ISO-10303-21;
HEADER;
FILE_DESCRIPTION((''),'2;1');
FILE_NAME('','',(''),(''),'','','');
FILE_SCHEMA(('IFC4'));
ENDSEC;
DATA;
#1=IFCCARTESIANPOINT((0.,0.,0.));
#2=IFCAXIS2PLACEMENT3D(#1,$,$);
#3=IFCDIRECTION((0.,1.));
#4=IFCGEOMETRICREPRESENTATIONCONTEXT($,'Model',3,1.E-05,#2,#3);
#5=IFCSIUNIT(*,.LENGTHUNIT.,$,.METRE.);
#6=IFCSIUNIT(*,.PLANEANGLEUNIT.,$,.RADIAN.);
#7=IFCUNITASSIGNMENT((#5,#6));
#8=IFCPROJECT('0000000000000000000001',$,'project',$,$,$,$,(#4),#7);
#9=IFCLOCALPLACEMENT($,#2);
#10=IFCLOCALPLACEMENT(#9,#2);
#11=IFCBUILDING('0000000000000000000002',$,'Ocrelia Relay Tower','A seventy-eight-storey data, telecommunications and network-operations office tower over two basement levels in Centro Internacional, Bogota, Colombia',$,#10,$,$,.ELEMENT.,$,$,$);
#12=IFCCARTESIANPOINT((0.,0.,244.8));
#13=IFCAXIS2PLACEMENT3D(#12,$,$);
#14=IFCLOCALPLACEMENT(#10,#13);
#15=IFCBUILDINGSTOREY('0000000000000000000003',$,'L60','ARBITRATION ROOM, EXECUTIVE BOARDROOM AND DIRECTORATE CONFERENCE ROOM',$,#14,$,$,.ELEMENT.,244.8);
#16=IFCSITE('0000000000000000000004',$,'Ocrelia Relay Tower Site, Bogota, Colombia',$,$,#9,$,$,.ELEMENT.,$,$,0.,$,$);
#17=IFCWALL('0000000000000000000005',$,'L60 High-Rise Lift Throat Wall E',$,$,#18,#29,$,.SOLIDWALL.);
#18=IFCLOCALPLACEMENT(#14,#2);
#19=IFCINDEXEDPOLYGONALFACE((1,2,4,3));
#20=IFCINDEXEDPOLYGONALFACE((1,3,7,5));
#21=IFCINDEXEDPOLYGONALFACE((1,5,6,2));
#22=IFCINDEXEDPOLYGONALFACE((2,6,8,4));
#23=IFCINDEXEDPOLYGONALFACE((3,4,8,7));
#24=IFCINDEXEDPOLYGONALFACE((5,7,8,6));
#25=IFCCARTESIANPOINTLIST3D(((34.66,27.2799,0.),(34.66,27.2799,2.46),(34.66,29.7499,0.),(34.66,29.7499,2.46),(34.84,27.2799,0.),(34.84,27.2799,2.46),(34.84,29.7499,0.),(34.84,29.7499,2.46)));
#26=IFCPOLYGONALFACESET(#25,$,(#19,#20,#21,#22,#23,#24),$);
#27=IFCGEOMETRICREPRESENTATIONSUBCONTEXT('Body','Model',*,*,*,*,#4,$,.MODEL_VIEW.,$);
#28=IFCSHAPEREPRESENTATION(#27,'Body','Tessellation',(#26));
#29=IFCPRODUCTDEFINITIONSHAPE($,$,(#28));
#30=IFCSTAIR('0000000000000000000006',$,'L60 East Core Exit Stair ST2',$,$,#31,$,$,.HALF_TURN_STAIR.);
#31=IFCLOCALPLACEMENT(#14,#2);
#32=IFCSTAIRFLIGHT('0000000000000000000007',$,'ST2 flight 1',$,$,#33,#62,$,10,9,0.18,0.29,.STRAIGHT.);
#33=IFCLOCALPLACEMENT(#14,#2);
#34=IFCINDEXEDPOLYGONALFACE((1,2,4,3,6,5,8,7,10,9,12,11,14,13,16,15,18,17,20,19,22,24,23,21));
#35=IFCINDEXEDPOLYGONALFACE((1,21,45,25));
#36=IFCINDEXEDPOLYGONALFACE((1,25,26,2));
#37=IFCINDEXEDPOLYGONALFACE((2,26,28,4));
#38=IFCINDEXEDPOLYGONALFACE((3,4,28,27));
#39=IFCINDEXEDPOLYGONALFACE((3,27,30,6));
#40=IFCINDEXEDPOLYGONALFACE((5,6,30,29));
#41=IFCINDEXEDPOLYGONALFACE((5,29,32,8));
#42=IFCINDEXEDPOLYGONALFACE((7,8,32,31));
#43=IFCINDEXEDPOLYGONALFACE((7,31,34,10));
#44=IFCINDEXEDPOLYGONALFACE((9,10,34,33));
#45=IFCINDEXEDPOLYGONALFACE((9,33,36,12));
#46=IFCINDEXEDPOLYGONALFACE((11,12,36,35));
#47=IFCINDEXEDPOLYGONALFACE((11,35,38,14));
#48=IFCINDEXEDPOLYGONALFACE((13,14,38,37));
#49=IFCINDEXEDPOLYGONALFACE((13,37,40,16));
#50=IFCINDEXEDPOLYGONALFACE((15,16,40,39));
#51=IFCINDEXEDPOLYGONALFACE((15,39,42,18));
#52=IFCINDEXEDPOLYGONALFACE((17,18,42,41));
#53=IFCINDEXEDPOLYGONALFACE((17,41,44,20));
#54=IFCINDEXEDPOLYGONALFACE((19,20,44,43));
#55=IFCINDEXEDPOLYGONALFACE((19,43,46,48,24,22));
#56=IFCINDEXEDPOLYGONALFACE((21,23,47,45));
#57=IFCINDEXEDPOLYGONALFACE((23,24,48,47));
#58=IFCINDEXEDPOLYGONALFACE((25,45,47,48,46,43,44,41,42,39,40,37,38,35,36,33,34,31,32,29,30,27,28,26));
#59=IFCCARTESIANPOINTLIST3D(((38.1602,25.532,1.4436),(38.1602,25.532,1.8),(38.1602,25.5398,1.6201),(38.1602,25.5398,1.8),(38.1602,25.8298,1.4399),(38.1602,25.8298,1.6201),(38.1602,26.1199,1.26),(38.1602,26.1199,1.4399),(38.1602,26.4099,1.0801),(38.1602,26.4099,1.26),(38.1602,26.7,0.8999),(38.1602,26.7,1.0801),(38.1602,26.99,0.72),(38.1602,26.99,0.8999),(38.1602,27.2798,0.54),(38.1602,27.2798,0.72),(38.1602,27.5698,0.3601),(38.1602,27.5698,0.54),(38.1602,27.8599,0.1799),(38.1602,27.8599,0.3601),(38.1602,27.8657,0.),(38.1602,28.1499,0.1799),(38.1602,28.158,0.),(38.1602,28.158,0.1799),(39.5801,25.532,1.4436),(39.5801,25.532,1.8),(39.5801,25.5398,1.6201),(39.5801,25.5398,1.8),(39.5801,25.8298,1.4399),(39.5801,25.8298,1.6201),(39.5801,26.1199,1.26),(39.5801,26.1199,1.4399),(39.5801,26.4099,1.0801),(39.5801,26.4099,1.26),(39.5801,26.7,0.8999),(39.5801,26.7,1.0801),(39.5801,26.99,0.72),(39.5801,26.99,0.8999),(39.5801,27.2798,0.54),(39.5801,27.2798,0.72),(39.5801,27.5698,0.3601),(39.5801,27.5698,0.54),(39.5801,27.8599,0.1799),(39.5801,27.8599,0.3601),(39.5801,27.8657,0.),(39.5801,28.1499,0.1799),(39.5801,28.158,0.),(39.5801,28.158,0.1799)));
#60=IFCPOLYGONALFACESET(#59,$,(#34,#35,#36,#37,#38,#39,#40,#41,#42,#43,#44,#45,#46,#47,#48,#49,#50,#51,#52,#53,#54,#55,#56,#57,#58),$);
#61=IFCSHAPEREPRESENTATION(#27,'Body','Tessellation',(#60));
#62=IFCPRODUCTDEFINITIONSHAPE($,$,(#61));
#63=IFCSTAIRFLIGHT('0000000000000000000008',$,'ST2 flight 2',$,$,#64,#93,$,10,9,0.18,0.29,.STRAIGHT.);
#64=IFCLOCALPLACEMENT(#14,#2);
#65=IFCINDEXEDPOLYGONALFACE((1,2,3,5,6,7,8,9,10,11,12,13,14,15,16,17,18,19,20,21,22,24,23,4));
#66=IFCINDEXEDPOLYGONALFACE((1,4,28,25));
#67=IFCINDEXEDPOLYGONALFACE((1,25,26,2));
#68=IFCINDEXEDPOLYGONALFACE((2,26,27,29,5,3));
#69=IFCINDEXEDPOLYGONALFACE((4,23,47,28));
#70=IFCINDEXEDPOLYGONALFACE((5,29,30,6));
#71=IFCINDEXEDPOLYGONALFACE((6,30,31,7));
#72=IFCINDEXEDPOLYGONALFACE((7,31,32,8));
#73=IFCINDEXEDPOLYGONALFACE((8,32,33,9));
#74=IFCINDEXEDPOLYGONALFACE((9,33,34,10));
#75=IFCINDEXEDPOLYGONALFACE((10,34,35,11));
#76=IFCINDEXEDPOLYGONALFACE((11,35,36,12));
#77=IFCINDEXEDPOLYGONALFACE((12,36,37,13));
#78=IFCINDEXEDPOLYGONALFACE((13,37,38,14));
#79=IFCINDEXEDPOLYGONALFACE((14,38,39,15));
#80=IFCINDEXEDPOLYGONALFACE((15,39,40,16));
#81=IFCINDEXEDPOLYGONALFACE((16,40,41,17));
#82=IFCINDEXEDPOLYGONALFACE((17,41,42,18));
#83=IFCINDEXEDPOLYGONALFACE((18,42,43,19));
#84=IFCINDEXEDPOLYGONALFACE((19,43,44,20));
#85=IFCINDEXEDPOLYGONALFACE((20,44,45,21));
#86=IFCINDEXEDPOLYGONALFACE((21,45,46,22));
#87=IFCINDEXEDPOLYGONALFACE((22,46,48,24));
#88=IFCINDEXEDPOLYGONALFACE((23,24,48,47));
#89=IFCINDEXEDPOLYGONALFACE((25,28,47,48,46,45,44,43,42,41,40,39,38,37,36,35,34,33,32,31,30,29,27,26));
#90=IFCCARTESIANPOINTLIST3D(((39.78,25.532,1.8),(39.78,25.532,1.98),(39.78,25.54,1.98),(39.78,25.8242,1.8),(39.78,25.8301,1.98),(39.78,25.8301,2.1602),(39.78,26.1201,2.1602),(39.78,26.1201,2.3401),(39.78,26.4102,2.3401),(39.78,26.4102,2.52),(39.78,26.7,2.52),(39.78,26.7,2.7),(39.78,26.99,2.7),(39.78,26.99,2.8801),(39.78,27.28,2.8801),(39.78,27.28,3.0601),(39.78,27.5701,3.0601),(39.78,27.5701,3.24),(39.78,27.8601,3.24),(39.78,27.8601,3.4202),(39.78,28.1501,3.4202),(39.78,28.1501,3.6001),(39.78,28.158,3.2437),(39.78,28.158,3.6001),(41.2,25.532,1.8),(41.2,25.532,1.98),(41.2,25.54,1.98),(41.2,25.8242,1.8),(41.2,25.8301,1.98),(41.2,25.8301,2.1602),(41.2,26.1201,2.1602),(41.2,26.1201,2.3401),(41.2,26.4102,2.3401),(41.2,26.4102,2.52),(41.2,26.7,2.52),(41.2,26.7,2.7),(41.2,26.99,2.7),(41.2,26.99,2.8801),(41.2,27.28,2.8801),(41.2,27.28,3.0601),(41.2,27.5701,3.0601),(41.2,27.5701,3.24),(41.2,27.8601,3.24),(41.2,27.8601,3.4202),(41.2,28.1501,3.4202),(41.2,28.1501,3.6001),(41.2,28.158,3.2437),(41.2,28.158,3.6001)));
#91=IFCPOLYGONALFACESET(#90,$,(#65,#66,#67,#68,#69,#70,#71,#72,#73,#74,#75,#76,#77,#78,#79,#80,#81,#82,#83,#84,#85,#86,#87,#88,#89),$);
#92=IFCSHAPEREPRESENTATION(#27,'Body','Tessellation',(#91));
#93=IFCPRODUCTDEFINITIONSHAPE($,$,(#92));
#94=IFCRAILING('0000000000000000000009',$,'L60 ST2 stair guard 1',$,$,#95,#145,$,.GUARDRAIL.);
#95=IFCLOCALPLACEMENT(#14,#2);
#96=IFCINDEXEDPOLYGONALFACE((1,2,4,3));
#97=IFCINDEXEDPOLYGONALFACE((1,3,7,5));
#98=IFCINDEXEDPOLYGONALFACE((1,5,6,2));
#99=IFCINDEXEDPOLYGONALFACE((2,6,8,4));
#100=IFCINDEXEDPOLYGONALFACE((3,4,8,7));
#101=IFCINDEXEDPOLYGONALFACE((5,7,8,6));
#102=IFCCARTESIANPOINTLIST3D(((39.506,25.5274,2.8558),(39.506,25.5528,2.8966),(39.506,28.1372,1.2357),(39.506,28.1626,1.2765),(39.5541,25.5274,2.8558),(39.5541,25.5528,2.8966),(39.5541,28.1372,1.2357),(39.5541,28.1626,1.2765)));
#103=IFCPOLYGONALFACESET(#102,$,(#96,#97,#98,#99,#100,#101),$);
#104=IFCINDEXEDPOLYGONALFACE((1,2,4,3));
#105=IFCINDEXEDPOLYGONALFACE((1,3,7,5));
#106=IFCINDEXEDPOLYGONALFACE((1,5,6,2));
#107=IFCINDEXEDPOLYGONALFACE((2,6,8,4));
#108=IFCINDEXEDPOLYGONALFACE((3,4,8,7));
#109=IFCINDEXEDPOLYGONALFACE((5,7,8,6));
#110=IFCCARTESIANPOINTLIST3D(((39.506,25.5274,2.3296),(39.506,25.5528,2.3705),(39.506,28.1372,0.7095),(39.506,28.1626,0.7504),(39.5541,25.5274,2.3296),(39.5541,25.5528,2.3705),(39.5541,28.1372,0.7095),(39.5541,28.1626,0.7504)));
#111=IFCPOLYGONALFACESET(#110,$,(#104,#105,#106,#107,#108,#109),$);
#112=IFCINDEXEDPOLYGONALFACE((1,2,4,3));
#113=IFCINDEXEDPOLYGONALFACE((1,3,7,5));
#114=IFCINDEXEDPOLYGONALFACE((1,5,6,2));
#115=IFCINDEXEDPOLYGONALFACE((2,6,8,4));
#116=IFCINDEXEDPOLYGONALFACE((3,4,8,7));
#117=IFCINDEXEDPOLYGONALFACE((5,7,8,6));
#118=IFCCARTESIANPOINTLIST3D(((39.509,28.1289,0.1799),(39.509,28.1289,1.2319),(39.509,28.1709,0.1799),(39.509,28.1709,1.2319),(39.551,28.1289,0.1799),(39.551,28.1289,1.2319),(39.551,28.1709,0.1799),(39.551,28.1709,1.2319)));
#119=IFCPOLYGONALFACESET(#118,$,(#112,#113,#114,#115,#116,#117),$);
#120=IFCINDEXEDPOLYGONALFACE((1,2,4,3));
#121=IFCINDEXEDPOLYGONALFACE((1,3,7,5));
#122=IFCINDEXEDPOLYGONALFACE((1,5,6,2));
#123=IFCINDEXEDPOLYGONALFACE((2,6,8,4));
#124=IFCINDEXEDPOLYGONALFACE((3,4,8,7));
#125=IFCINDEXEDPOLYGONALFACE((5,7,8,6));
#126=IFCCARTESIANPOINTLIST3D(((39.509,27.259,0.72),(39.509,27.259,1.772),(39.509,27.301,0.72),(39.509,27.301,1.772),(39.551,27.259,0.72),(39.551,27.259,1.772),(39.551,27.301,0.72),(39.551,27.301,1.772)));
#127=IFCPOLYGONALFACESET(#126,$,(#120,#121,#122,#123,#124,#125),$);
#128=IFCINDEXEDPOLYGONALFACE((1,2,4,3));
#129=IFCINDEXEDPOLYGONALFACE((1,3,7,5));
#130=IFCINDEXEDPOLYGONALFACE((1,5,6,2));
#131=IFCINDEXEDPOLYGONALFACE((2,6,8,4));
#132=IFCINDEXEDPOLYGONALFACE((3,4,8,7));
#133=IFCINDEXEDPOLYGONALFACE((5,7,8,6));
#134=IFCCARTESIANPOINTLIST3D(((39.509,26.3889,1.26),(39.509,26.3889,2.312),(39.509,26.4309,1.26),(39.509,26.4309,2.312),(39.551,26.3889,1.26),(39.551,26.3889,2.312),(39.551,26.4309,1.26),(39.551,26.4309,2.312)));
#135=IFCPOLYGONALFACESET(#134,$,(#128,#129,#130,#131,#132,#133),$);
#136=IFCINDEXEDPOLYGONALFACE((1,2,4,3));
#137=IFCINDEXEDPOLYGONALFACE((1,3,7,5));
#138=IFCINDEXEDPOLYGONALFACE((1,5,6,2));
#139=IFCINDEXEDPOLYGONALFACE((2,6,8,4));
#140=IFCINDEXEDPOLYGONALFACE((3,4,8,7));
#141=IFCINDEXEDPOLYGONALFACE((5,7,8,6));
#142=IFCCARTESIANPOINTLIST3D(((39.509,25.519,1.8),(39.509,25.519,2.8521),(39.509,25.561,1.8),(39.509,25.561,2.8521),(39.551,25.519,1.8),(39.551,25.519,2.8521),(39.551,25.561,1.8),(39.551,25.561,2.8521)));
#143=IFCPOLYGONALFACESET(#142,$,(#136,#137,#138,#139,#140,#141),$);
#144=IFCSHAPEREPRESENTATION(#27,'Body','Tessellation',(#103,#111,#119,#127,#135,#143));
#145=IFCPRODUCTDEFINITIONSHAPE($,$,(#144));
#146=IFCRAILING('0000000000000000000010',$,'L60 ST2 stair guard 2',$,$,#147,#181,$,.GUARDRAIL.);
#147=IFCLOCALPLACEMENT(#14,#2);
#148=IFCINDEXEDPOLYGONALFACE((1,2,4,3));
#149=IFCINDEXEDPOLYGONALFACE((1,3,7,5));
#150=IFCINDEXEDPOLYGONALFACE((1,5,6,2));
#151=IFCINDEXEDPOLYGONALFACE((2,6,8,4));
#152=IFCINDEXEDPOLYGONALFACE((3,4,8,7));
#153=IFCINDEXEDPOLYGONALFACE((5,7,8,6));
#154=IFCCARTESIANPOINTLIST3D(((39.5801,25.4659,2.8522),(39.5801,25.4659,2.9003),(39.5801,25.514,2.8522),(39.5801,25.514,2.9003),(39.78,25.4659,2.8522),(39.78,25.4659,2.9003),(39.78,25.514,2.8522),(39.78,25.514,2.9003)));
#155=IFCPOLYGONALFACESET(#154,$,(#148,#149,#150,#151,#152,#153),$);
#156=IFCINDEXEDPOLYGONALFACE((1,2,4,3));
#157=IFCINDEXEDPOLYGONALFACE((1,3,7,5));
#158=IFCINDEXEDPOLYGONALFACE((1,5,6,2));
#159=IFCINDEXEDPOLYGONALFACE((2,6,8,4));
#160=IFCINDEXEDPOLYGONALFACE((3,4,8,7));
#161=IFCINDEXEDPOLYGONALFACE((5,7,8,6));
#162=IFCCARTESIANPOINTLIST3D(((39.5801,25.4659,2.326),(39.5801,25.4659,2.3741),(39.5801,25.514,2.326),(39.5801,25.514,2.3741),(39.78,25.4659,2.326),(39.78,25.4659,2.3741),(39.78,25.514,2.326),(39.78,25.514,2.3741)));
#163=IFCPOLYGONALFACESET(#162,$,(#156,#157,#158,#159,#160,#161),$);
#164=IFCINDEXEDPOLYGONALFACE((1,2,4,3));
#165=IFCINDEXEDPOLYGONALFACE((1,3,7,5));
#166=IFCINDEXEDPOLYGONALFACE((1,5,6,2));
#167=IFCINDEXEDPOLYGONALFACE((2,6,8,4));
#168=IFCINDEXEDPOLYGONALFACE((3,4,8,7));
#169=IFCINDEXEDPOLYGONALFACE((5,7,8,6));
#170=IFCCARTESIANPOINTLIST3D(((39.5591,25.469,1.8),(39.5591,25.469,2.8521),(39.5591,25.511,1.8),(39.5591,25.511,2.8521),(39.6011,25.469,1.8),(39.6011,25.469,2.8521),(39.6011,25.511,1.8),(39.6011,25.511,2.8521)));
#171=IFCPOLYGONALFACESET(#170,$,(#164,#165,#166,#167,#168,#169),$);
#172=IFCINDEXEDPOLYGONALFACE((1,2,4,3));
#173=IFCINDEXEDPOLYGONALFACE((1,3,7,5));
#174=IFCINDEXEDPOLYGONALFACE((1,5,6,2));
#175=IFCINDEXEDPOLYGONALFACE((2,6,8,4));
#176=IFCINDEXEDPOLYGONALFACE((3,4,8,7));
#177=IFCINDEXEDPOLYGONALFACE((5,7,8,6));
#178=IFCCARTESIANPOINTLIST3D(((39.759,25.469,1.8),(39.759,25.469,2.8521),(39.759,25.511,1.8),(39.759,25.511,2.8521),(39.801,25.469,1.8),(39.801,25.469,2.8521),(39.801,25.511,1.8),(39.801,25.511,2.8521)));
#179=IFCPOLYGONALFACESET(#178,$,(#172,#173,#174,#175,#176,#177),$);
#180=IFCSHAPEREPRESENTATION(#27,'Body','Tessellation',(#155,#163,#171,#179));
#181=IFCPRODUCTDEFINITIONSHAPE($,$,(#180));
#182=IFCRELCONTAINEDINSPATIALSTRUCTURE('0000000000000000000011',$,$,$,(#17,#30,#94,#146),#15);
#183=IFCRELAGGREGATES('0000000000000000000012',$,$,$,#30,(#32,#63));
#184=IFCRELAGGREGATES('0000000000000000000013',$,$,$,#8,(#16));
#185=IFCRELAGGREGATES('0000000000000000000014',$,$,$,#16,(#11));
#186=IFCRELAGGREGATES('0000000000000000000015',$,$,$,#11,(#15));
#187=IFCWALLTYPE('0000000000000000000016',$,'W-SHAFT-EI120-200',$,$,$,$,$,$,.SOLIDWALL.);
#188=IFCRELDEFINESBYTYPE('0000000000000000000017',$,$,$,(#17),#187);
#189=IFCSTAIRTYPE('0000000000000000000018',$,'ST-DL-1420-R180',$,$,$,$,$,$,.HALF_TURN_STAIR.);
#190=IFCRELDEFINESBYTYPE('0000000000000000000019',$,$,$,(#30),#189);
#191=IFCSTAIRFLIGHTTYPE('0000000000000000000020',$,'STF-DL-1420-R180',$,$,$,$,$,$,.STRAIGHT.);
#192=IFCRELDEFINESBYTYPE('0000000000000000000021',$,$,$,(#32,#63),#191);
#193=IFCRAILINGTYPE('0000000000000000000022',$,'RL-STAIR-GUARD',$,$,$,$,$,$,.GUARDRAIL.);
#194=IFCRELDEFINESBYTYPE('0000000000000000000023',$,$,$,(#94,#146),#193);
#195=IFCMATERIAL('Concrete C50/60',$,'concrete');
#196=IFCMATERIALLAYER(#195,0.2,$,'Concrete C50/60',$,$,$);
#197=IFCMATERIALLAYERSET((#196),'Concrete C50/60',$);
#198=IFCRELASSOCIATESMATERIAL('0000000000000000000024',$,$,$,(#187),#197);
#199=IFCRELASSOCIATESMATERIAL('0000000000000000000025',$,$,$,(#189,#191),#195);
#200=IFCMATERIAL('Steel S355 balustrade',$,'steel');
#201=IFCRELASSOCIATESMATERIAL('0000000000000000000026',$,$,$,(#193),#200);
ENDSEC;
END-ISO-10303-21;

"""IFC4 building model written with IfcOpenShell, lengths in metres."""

from ifc_helpers import new_model, si_unit, direction, frame, frame_2d, origin, origin_2d, place, context, subcontext, project, spatial, polyline, rectangle, outline, extrude, material, layer, layer_set, type_object, element, aggregate, save


model = new_model("IFC4")

# Units and contexts
model_context = context("Model", 3, precision=1e-05, world=origin(), true_north=direction((0.0, 1.0)))
body_context = subcontext(model_context, "Body", "Model", "MODEL_VIEW")
ifc_project = project(units=[si_unit("LENGTHUNIT", "METRE"), si_unit("PLANEANGLEUNIT", "RADIAN")], contexts=[model_context])

# Site, building, storey
site_placement = place(None, origin())
site = spatial("IfcSite", under=ifc_project, at=site_placement, Name="Ocrelia Relay Tower Site, Bogota, Colombia", CompositionType="ELEMENT", RefElevation=0.0)
building_placement = place(site_placement, origin())
building = spatial("IfcBuilding", under=site, at=building_placement, Name="Ocrelia Relay Tower", Description="A seventy-eight-storey data, telecommunications and network-operations office tower over two basement levels in Centro Internacional, Bogota, Colombia", CompositionType="ELEMENT")
storey_placement = place(building_placement, frame((0.0, 0.0, 244.8)))
storey = spatial("IfcBuildingStorey", under=building, at=storey_placement, Name="L60", Description="ARBITRATION ROOM, EXECUTIVE BOARDROOM AND DIRECTORATE CONFERENCE ROOM", CompositionType="ELEMENT", Elevation=244.8)

# Shared definitions
ifc_material_1 = material(Name="Concrete C50/60", Category="concrete")
ifc_layer_1 = layer(ifc_material_1, 0.2, Name="Concrete C50/60")
ifc_layer_set_1 = layer_set([ifc_layer_1], Name="Concrete C50/60")
wall_type_1 = type_object("IfcWallType", Name="W-SHAFT-EI120-200", PredefinedType="SOLIDWALL", material=ifc_layer_set_1)

# Wall
wall_1_placement = place(storey_placement, frame((34.75, 27.28, 0.0), z_axis=(0.0, 0.0, 1.0), x_axis=(0.0, 1.0, 0.0)))
element("IfcWall", 1, at=wall_1_placement, inside=storey, type_object=wall_type_1, Name="L60 High-Rise Lift Throat Wall E", PredefinedType="SOLIDWALL", context=body_context, shape_type="SweptSolid", body=[
    extrude(rectangle(XDim=2.47, YDim=0.1799, at=frame_2d((1.2349, 0.0))), origin(), (0.0, 0.0, 1.0), 2.46),
])

# Stair, stair flights
stair_type = type_object("IfcStairType", Name="ST-DL-1420-R180", PredefinedType="HALF_TURN_STAIR", material=ifc_material_1)
stair_placement = place(storey_placement, origin())
stair = element("IfcStair", 2, at=stair_placement, inside=storey, type_object=stair_type, Name="L60 East Core Exit Stair ST2", PredefinedType="HALF_TURN_STAIR")
stair_flight_type = type_object("IfcStairFlightType", Name="STF-DL-1420-R180", PredefinedType="STRAIGHT", material=ifc_material_1)
stair_flight_1_placement = place(storey_placement, frame((38.8701, 28.1499, 0.0), z_axis=(0.0, 0.0, 1.0), x_axis=(0.0, -1.0, 0.0)))
stair_flight_1 = element("IfcStairFlight", 3, at=stair_flight_1_placement, type_object=stair_flight_type, Name="ST2 flight 1", NumberOfRisers=10, NumberOfTreads=9, PredefinedType="STRAIGHT", RiserHeight=0.18, TreadLength=0.29, context=body_context, shape_type="SweptSolid", body=[
    extrude(outline(polyline([(-0.0081, 0.0), (-0.0081, 0.1799), (0.0, 0.1799), (0.29, 0.1799), (0.29, 0.3601), (0.5801, 0.3601), (0.5801, 0.54), (0.8701, 0.54), (0.8701, 0.72), (1.1599, 0.72), (1.1599, 0.8999), (1.45, 0.8999), (1.45, 1.0801), (1.74, 1.0801), (1.74, 1.26), (2.03, 1.26), (2.03, 1.4399), (2.3201, 1.4399), (2.3201, 1.6201), (2.6101, 1.6201), (2.6101, 1.8), (2.6179, 1.8), (2.6179, 1.4436), (0.2842, 0.0), (-0.0081, 0.0)])), frame((0.0, 0.71, 0.0), z_axis=(0.0, -1.0, 0.0), x_axis=(1.0, 0.0, 0.0)), (0.0, 0.0, 1.0), 1.4199),
])
stair_flight_2_placement = place(storey_placement, frame((40.49, 25.54, 1.8), z_axis=(0.0, 0.0, 1.0), x_axis=(0.0, 1.0, 0.0)))
stair_flight_2 = element("IfcStairFlight", 4, at=stair_flight_2_placement, type_object=stair_flight_type, Name="ST2 flight 2", NumberOfRisers=10, NumberOfTreads=9, PredefinedType="STRAIGHT", RiserHeight=0.18, TreadLength=0.29, context=body_context, shape_type="SweptSolid", body=[
    extrude(outline(polyline([(-0.0081, 0.0), (-0.0081, 0.1799), (0.0, 0.1799), (0.29, 0.1799), (0.29, 0.3601), (0.5801, 0.3601), (0.5801, 0.54), (0.8701, 0.54), (0.8701, 0.72), (1.1599, 0.72), (1.1599, 0.8999), (1.45, 0.8999), (1.45, 1.0801), (1.74, 1.0801), (1.74, 1.26), (2.03, 1.26), (2.03, 1.4399), (2.3201, 1.4399), (2.3201, 1.6201), (2.6101, 1.6201), (2.6101, 1.8), (2.6179, 1.8), (2.6179, 1.4436), (0.2842, 0.0), (-0.0081, 0.0)])), frame((0.0, 0.71, 0.0), z_axis=(0.0, -1.0, 0.0), x_axis=(1.0, 0.0, 0.0)), (0.0, 0.0, 1.0), 1.4199),
])
aggregate(stair, [stair_flight_1, stair_flight_2])

# Railings
ifc_material_2 = material(Name="Steel S355 balustrade", Category="steel")
railing_type_1 = type_object("IfcRailingType", Name="RL-STAIR-GUARD", PredefinedType="GUARDRAIL", material=ifc_material_2)
railing_1_placement = place(storey_placement, frame((39.53, 28.1499, 0.1799)))
element("IfcRailing", 5, at=railing_1_placement, inside=storey, type_object=railing_type_1, Name="L60 ST2 stair guard 1", PredefinedType="GUARDRAIL", context=body_context, shape_type="SweptSolid", body=[
    extrude(rectangle(XDim=0.0481, YDim=0.0481, at=origin_2d()), frame((0.0, 0.0, 1.0762), z_axis=(0.0, -0.849611, 0.52741), x_axis=(1.0, 0.0, 0.0)), (0.0, 0.0, 1.0), 3.0718),
    extrude(rectangle(XDim=0.0481, YDim=0.0481, at=origin_2d()), frame((0.0, 0.0, 0.55), z_axis=(0.0, -0.849611, 0.52741), x_axis=(1.0, 0.0, 0.0)), (0.0, 0.0, 1.0), 3.0718),
    extrude(rectangle(XDim=0.042, YDim=0.042, at=origin_2d()), origin(), (0.0, 0.0, 1.0), 1.052),
    extrude(rectangle(XDim=0.042, YDim=0.042, at=origin_2d()), frame((0.0, -0.8699, 0.54)), (0.0, 0.0, 1.0), 1.052),
    extrude(rectangle(XDim=0.042, YDim=0.042, at=origin_2d()), frame((0.0, -1.74, 1.0801)), (0.0, 0.0, 1.0), 1.052),
    extrude(rectangle(XDim=0.042, YDim=0.042, at=origin_2d()), frame((0.0, -2.6099, 1.6201)), (0.0, 0.0, 1.0), 1.052),
])
railing_2_placement = place(storey_placement, frame((39.5801, 25.49, 1.8)))
element("IfcRailing", 6, at=railing_2_placement, inside=storey, type_object=railing_type_1, Name="L60 ST2 stair guard 2", PredefinedType="GUARDRAIL", context=body_context, shape_type="SweptSolid", body=[
    extrude(rectangle(XDim=0.0481, YDim=0.0481, at=origin_2d()), frame((0.0, 0.0, 1.0762), z_axis=(1.0, 0.0, 0.0), x_axis=(0.0, 1.0, 0.0)), (0.0, 0.0, 1.0), 0.2),
    extrude(rectangle(XDim=0.0481, YDim=0.0481, at=origin_2d()), frame((0.0, 0.0, 0.55), z_axis=(1.0, 0.0, 0.0), x_axis=(0.0, 1.0, 0.0)), (0.0, 0.0, 1.0), 0.2),
    extrude(rectangle(XDim=0.042, YDim=0.042, at=origin_2d()), origin(), (0.0, 0.0, 1.0), 1.052),
    extrude(rectangle(XDim=0.042, YDim=0.042, at=origin_2d()), frame((0.2, 0.0, 0.0)), (0.0, 0.0, 1.0), 1.052),
])

save(model, "model.ifc")
